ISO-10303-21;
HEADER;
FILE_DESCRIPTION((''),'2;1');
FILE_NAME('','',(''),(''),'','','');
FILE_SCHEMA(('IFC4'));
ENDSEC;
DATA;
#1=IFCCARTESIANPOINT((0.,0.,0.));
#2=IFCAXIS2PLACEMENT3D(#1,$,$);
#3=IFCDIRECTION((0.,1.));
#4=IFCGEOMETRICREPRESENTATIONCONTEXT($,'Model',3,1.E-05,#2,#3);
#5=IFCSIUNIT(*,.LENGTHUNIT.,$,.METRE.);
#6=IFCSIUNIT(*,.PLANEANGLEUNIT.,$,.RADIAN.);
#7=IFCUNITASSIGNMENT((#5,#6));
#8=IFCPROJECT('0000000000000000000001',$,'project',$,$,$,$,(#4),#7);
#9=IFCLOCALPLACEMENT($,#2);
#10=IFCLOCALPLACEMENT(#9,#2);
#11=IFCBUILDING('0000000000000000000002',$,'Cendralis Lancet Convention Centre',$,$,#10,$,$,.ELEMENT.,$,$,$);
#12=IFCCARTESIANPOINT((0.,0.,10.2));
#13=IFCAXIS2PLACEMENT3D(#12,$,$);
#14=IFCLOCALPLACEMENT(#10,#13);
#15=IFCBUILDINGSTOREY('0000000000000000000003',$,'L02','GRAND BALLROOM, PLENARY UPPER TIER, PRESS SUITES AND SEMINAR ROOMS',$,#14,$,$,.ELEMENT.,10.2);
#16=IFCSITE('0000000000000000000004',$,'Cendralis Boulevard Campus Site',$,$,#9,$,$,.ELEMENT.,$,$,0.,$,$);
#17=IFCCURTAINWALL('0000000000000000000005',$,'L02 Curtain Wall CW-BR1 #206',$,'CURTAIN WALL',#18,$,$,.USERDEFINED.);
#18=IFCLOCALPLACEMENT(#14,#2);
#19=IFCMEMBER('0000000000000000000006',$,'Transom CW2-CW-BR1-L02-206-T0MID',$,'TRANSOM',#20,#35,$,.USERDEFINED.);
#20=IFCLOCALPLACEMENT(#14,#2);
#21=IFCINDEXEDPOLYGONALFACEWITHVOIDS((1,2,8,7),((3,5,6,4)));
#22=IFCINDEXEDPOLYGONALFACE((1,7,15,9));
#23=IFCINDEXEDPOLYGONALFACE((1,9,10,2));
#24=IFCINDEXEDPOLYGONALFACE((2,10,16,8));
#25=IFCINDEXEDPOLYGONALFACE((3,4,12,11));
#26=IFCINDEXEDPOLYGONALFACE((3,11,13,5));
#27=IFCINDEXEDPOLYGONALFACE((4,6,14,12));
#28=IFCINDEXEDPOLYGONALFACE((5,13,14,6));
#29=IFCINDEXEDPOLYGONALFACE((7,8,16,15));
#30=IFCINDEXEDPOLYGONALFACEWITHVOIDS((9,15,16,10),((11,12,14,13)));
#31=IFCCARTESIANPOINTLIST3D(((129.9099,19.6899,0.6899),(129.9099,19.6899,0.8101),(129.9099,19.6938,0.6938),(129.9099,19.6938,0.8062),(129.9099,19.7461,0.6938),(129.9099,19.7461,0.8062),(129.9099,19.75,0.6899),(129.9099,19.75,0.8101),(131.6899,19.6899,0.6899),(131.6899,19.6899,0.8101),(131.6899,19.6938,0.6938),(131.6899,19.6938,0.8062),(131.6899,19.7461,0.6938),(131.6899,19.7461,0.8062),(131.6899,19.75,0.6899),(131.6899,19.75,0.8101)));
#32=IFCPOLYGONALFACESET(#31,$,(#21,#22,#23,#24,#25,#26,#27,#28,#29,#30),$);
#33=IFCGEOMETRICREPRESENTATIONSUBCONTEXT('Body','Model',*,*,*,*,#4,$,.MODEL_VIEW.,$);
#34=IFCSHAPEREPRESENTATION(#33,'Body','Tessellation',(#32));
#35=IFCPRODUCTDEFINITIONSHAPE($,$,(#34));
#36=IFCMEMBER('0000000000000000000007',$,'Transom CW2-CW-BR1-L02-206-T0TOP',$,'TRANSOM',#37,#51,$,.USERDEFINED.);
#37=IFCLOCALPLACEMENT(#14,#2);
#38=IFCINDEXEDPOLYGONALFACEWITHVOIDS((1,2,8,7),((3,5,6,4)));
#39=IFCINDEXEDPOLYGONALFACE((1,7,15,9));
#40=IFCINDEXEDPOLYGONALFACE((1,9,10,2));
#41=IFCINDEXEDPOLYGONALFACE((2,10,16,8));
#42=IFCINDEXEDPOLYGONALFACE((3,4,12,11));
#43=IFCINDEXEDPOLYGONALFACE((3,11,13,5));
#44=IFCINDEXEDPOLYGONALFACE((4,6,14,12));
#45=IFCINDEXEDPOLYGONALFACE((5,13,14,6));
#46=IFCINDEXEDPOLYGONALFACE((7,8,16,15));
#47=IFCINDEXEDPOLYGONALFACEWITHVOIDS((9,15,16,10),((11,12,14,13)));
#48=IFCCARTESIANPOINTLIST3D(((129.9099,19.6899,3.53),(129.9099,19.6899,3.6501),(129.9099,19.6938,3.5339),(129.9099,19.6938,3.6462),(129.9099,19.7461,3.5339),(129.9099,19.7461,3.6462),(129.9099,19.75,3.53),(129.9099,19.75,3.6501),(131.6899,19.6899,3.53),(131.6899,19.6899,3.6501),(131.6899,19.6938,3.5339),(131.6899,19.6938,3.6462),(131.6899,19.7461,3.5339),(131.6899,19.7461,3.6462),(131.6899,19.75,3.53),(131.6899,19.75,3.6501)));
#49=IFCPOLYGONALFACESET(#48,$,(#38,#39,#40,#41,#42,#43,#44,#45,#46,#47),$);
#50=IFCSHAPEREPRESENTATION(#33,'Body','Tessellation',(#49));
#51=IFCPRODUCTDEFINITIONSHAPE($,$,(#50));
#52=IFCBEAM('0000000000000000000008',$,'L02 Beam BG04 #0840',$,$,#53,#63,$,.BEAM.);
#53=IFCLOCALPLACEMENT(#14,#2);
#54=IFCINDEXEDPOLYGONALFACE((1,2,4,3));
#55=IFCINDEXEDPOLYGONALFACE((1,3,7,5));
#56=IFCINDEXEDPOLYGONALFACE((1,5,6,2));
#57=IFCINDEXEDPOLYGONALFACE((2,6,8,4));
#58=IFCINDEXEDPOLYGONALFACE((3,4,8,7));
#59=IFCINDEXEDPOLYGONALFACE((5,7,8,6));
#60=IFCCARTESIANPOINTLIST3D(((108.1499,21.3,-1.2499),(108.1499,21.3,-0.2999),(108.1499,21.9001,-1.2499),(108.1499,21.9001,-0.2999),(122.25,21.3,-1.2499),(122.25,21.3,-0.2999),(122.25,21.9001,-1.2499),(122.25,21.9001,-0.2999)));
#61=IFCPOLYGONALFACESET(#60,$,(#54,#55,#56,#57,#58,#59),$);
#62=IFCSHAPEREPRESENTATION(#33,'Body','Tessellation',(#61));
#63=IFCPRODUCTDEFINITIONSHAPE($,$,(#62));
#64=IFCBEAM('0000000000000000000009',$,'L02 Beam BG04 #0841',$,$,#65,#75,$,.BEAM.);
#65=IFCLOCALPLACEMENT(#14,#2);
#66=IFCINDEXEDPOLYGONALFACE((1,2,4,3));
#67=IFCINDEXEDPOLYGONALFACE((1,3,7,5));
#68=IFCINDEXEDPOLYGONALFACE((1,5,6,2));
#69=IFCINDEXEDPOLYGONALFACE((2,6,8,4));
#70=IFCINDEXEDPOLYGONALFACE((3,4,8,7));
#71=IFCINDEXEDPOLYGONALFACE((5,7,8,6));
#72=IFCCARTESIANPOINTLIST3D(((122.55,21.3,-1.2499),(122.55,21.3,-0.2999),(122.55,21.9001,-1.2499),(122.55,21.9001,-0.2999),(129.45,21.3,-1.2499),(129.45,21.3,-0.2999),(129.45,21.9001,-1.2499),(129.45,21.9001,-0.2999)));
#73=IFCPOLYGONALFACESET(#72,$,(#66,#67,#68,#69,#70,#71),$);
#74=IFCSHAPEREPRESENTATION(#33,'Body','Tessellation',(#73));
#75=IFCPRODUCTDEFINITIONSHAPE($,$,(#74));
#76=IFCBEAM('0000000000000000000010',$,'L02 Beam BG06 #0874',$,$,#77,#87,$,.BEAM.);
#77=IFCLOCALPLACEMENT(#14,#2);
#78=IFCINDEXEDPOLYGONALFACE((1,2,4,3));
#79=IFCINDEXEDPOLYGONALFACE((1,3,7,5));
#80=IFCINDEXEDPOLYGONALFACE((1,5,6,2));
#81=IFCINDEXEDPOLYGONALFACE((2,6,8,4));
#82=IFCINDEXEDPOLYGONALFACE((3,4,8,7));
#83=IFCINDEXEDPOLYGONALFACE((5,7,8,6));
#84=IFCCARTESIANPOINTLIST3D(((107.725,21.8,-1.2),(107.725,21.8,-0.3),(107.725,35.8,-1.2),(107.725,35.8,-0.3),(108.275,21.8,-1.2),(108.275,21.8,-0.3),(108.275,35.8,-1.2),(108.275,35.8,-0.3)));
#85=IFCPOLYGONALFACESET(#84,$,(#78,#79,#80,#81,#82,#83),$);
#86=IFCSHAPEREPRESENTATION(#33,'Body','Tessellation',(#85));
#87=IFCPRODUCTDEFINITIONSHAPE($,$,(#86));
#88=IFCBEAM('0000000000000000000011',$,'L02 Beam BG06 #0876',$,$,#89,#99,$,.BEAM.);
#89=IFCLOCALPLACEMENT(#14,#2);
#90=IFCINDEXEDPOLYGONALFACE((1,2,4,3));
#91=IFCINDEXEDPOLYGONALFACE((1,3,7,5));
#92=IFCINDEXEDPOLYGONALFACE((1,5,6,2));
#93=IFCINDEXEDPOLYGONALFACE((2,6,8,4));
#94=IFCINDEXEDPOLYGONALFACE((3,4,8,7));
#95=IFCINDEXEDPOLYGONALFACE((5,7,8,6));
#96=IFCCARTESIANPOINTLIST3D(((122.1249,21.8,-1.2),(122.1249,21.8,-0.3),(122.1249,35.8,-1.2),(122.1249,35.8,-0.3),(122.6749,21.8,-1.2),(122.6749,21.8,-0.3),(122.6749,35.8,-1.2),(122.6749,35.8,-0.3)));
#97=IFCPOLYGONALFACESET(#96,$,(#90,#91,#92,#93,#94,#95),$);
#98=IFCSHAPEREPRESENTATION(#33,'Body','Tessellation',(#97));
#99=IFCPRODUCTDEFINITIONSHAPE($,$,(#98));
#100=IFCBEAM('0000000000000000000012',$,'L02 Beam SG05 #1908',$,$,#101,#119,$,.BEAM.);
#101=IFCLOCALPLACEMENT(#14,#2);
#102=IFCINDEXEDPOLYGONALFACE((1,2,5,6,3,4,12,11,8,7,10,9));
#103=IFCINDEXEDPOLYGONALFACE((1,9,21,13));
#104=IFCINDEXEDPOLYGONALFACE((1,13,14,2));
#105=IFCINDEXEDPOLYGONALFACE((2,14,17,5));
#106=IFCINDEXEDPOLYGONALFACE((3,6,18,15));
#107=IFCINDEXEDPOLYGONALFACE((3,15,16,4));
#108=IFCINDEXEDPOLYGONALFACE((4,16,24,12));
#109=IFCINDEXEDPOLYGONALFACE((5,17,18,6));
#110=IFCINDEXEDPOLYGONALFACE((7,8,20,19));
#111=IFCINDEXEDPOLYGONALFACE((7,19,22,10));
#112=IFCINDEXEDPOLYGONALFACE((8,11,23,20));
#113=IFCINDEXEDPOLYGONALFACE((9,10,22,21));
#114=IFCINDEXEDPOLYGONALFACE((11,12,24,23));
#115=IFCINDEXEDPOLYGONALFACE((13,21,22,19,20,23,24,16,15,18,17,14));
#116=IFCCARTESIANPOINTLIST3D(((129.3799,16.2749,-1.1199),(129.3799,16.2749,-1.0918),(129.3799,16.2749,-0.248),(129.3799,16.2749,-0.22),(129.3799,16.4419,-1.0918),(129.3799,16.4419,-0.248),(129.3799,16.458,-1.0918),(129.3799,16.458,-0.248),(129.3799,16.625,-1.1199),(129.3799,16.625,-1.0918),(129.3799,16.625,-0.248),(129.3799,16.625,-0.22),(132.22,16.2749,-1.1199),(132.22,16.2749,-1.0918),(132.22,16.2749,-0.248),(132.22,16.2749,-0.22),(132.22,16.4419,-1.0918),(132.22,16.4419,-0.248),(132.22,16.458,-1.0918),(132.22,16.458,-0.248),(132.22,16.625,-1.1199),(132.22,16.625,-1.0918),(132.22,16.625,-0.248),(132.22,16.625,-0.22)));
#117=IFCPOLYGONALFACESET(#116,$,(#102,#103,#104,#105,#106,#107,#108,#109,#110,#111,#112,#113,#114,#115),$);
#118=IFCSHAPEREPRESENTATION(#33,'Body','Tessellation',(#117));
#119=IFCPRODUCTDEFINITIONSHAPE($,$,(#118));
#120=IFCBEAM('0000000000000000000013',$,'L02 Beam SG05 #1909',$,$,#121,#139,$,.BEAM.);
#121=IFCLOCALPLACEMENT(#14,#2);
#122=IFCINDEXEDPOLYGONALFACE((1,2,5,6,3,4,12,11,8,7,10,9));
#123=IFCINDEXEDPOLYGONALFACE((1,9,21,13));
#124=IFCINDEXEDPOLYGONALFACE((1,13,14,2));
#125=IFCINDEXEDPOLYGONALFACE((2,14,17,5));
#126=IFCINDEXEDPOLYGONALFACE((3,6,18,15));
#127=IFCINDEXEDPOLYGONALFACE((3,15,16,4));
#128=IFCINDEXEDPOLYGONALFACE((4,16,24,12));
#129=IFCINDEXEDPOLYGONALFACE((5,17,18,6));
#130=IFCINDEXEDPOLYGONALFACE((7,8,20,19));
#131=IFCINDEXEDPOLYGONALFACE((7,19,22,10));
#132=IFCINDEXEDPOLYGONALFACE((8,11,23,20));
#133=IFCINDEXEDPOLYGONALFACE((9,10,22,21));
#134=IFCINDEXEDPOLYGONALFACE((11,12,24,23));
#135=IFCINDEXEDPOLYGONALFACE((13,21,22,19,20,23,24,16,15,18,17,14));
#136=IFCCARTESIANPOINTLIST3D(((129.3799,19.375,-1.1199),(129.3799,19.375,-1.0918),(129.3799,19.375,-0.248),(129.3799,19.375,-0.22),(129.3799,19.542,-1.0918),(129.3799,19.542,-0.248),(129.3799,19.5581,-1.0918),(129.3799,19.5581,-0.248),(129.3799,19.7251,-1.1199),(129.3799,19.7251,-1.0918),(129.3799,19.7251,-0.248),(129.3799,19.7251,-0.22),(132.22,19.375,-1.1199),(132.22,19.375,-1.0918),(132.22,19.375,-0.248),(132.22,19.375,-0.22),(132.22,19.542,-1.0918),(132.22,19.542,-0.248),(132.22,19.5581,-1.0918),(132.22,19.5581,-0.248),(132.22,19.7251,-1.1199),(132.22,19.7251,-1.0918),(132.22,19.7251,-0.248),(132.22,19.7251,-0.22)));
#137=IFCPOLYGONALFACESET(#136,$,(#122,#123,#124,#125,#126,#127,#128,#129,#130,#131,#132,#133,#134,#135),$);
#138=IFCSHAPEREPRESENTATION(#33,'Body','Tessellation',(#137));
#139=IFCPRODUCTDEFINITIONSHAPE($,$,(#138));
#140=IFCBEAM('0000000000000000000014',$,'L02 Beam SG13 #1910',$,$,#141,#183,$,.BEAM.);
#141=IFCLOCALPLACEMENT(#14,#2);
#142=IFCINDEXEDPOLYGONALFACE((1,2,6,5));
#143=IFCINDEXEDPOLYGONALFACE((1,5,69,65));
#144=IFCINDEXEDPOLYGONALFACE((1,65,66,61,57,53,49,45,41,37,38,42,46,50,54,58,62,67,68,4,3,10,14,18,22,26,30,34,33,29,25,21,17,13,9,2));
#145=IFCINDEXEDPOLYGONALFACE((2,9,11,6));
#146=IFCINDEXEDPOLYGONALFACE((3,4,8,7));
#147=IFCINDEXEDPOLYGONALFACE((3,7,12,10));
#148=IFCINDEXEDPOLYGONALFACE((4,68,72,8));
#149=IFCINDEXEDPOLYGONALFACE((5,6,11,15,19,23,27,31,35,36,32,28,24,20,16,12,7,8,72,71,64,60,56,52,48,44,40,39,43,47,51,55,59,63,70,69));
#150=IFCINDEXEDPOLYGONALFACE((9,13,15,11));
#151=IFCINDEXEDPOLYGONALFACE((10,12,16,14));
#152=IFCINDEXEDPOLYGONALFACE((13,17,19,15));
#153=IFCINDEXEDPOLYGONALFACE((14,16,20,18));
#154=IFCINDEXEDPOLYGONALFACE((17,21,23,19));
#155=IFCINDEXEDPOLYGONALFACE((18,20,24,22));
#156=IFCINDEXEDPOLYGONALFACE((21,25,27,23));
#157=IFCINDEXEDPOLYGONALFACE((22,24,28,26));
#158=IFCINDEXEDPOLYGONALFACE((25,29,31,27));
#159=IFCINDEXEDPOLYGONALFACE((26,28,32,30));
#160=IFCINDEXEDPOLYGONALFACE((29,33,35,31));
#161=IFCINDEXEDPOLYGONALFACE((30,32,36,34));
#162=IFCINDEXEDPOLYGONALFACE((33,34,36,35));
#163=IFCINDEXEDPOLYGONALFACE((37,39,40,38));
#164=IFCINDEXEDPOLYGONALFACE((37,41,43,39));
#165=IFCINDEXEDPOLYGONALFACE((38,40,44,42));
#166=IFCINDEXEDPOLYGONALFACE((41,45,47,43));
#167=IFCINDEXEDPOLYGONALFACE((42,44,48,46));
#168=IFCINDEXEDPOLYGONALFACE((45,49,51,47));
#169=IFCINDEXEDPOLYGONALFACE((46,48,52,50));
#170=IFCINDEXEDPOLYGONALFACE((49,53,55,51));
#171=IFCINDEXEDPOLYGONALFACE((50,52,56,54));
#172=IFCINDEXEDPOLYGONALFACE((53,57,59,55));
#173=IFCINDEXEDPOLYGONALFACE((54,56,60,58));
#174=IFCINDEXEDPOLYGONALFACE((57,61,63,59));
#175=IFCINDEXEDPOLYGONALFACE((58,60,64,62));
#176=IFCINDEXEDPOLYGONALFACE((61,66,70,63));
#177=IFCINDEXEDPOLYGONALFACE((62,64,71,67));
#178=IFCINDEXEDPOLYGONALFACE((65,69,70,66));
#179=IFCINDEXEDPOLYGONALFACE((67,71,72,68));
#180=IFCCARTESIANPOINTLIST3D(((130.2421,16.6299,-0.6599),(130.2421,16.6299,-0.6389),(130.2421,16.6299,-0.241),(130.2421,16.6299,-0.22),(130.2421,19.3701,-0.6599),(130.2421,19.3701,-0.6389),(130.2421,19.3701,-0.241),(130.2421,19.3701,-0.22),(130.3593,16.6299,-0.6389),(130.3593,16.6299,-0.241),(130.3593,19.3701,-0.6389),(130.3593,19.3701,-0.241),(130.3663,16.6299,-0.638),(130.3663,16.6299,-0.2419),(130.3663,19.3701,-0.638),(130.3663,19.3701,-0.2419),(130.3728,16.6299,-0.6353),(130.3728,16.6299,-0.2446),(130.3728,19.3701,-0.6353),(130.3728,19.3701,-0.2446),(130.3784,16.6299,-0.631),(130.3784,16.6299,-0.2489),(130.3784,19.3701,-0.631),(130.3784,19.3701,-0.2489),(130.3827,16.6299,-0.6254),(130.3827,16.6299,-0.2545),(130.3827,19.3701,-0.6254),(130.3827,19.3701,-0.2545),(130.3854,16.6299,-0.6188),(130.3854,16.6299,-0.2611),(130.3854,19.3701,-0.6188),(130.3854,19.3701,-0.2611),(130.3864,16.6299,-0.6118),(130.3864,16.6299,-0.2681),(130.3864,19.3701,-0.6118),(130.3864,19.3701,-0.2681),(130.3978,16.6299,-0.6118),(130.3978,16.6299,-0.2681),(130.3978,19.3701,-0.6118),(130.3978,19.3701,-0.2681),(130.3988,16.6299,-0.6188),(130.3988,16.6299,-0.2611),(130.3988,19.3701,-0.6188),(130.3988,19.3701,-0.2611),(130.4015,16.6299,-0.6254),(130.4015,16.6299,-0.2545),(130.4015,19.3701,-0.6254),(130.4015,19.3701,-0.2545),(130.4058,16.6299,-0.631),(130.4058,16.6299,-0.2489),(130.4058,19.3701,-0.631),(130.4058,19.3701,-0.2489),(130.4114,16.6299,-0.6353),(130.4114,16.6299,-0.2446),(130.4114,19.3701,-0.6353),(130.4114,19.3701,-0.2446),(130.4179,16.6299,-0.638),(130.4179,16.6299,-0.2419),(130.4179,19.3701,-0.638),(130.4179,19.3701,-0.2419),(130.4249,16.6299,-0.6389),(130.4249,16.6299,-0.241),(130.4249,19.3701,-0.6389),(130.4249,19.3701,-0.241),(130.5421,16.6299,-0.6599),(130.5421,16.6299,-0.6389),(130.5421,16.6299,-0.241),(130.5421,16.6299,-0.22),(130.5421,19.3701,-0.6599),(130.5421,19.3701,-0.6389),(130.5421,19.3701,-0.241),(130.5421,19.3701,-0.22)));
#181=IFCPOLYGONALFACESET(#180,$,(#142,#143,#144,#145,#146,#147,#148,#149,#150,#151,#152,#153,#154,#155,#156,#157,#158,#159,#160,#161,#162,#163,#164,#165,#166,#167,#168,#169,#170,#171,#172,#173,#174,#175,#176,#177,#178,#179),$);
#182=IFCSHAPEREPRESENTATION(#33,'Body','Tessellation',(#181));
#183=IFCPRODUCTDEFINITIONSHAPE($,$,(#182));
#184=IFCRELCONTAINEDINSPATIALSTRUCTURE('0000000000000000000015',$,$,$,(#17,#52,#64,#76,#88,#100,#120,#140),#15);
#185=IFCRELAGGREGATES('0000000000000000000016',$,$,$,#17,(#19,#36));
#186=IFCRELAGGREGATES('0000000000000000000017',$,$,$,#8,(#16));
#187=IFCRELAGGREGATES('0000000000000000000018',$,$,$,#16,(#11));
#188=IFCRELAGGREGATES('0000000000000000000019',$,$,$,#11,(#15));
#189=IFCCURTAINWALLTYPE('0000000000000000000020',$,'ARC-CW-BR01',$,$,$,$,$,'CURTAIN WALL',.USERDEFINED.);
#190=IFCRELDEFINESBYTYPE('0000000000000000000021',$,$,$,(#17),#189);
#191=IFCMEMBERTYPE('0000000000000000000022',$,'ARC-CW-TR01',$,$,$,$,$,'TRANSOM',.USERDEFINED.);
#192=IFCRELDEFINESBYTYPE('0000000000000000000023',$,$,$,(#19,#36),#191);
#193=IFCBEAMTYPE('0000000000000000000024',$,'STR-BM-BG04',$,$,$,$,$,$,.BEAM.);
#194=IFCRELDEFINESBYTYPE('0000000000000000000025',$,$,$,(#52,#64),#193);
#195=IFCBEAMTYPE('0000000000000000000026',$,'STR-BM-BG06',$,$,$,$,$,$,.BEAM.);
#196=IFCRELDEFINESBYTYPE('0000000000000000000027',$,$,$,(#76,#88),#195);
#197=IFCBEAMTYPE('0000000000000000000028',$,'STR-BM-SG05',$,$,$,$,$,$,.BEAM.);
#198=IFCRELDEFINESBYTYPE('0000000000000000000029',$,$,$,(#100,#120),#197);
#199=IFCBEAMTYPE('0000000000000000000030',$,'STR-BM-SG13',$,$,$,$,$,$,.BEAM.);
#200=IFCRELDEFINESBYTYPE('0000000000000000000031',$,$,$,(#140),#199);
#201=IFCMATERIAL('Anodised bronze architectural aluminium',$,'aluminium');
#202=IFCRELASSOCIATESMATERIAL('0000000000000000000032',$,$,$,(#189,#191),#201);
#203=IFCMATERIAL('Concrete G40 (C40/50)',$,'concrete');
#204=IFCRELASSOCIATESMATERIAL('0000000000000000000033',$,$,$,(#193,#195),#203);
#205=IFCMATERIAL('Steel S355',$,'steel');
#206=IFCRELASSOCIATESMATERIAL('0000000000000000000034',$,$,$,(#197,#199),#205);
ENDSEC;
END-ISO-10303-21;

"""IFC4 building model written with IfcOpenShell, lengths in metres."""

from ifc_helpers import new_model, si_unit, direction, frame, origin, origin_2d, place, context, subcontext, project, spatial, rectangle, hollow_rectangle, i_section, extrude, material, material_profile, profile_set, type_object, element, aggregate, save


model = new_model("IFC4")

# Units and contexts
model_context = context("Model", 3, precision=1e-05, world=origin(), true_north=direction((0.0, 1.0)))
body_context = subcontext(model_context, "Body", "Model", "MODEL_VIEW")
ifc_project = project(units=[si_unit("LENGTHUNIT", "METRE"), si_unit("PLANEANGLEUNIT", "RADIAN")], contexts=[model_context])

# Site, building, storey
site_placement = place(None, origin())
site = spatial("IfcSite", under=ifc_project, at=site_placement, Name="Cendralis Boulevard Campus Site", CompositionType="ELEMENT", RefElevation=0.0)
building_placement = place(site_placement, origin())
building = spatial("IfcBuilding", under=site, at=building_placement, Name="Cendralis Lancet Convention Centre", CompositionType="ELEMENT")
storey_placement = place(building_placement, frame((0.0, 0.0, 10.2)))
storey = spatial("IfcBuildingStorey", under=building, at=storey_placement, Name="L02", Description="GRAND BALLROOM, PLENARY UPPER TIER, PRESS SUITES AND SEMINAR ROOMS", CompositionType="ELEMENT", Elevation=10.2)

# Shared definitions
ifc_material_1 = material(Name="Steel S355", Category="steel")

# Curtain wall
ifc_material_2 = material(Name="Anodised bronze architectural aluminium", Category="aluminium")
curtain_wall_type = type_object("IfcCurtainWallType", Name="ARC-CW-BR01", ElementType="CURTAIN WALL", PredefinedType="USERDEFINED", material=ifc_material_2)
curtain_wall_1_placement = place(storey_placement, origin())
curtain_wall_1 = element("IfcCurtainWall", 1, at=curtain_wall_1_placement, inside=storey, type_object=curtain_wall_type, Name="L02 Curtain Wall CW-BR1 #206", ObjectType="CURTAIN WALL", PredefinedType="USERDEFINED")

# Shared definitions
ifc_material_profile_1 = material_profile(ifc_material_2, hollow_rectangle(XDim=0.0601, YDim=0.1201, WallThickness=0.0039, at=origin_2d()), Name="AL-TRAN 60x120x4.0")
ifc_profile_set_1 = profile_set([ifc_material_profile_1], Name="Anodised bronze architectural aluminium")
member_type_1 = type_object("IfcMemberType", Name="ARC-CW-TR01", ElementType="TRANSOM", PredefinedType="USERDEFINED", material=ifc_profile_set_1)

# Members
member_1_placement = place(storey_placement, frame((129.9099, 19.72, 0.75), z_axis=(1.0, 0.0, 0.0), x_axis=(0.0, 1.0, 0.0)))
member_1 = element("IfcMember", 2, at=member_1_placement, type_object=member_type_1, Name="Transom CW2-CW-BR1-L02-206-T0MID", ObjectType="TRANSOM", PredefinedType="USERDEFINED", context=body_context, shape_type="SweptSolid", body=[
    extrude(hollow_rectangle(XDim=0.0601, YDim=0.1201, WallThickness=0.0039, at=origin_2d()), origin(), (0.0, 0.0, 1.0), 1.78),
])
member_2_placement = place(storey_placement, frame((129.9099, 19.72, 3.5901), z_axis=(1.0, 0.0, 0.0), x_axis=(0.0, 1.0, 0.0)))
member_2 = element("IfcMember", 3, at=member_2_placement, type_object=member_type_1, Name="Transom CW2-CW-BR1-L02-206-T0TOP", ObjectType="TRANSOM", PredefinedType="USERDEFINED", context=body_context, shape_type="SweptSolid", body=[
    extrude(hollow_rectangle(XDim=0.0601, YDim=0.1201, WallThickness=0.0039, at=origin_2d()), origin(), (0.0, 0.0, 1.0), 1.78),
])
aggregate(curtain_wall_1, [member_1, member_2])

# Beams
ifc_material_3 = material(Name="Concrete G40 (C40/50)", Category="concrete")
ifc_material_profile_2 = material_profile(ifc_material_3, rectangle(XDim=0.6001, YDim=0.95, at=origin_2d()), Name="RCB 600x950")
ifc_profile_set_2 = profile_set([ifc_material_profile_2], Name="Concrete G40 (C40/50)")
beam_type_1 = type_object("IfcBeamType", Name="STR-BM-BG04", PredefinedType="BEAM", material=ifc_profile_set_2)
beam_1_placement = place(storey_placement, frame((108.1499, 21.6001, -0.7749), z_axis=(1.0, 0.0, 0.0), x_axis=(0.0, 1.0, 0.0)))
element("IfcBeam", 4, at=beam_1_placement, inside=storey, type_object=beam_type_1, Name="L02 Beam BG04 #0840", PredefinedType="BEAM", context=body_context, shape_type="SweptSolid", body=[
    extrude(rectangle(XDim=0.6001, YDim=0.95, at=origin_2d()), origin(), (0.0, 0.0, 1.0), 14.1001),
])
beam_2_placement = place(storey_placement, frame((122.55, 21.6001, -0.7749), z_axis=(1.0, 0.0, 0.0), x_axis=(0.0, 1.0, 0.0)))
element("IfcBeam", 5, at=beam_2_placement, inside=storey, type_object=beam_type_1, Name="L02 Beam BG04 #0841", PredefinedType="BEAM", context=body_context, shape_type="SweptSolid", body=[
    extrude(rectangle(XDim=0.6001, YDim=0.95, at=origin_2d()), origin(), (0.0, 0.0, 1.0), 6.8999),
])
ifc_material_profile_3 = material_profile(ifc_material_3, rectangle(XDim=0.55, YDim=0.8999, at=origin_2d()), Name="RCB 550x900")
ifc_profile_set_3 = profile_set([ifc_material_profile_3], Name="Concrete G40 (C40/50)")
beam_type_2 = type_object("IfcBeamType", Name="STR-BM-BG06", PredefinedType="BEAM", material=ifc_profile_set_3)
for number, where, z_axis, x_axis, name in (
    (6, (108.0, 21.8, -0.75), (0.0, 1.0, 0.0), (-1.0, 0.0, 0.0), "L02 Beam BG06 #0874"),
    (7, (122.3999, 21.8, -0.75), (0.0, 1.0, 0.0), (-1.0, 0.0, 0.0), "L02 Beam BG06 #0876"),
):
    element("IfcBeam", number, at=place(storey_placement, frame(where, z_axis=z_axis, x_axis=x_axis)), inside=storey, type_object=beam_type_2, Name=name, PredefinedType="BEAM", context=body_context, shape_type="SweptSolid", body=[
        extrude(rectangle(XDim=0.55, YDim=0.8999, at=origin_2d()), origin(), (0.0, 0.0, 1.0), 14.0),
    ])
ifc_material_profile_4 = material_profile(ifc_material_1, i_section(OverallWidth=0.3501, OverallDepth=0.8999, WebThickness=0.0161, FlangeThickness=0.0281, at=origin_2d()), Name="PG 900x350")
ifc_profile_set_4 = profile_set([ifc_material_profile_4], Name="Steel S355")
beam_type_3 = type_object("IfcBeamType", Name="STR-BM-SG05", PredefinedType="BEAM", material=ifc_profile_set_4)
for number, where, z_axis, x_axis, name in (
    (8, (129.3799, 16.45, -0.6699), (1.0, 0.0, 0.0), (0.0, 1.0, 0.0), "L02 Beam SG05 #1908"),
    (9, (129.3799, 19.55, -0.6699), (1.0, 0.0, 0.0), (0.0, 1.0, 0.0), "L02 Beam SG05 #1909"),
):
    element("IfcBeam", number, at=place(storey_placement, frame(where, z_axis=z_axis, x_axis=x_axis)), inside=storey, type_object=beam_type_3, Name=name, PredefinedType="BEAM", context=body_context, shape_type="SweptSolid", body=[
        extrude(i_section(OverallWidth=0.3501, OverallDepth=0.8999, WebThickness=0.0161, FlangeThickness=0.0281, at=origin_2d()), origin(), (0.0, 0.0, 1.0), 2.8401),
    ])
ifc_material_profile_5 = material_profile(ifc_material_1, i_section(OverallWidth=0.3, OverallDepth=0.4399, WebThickness=0.0115, FlangeThickness=0.021, FilletRadius=0.0271, at=origin_2d()), Name="HEA 450")
ifc_profile_set_5 = profile_set([ifc_material_profile_5], Name="Steel S355")
beam_type_4 = type_object("IfcBeamType", Name="STR-BM-SG13", PredefinedType="BEAM", material=ifc_profile_set_5)
beam_3_placement = place(storey_placement, frame((130.3921, 16.6299, -0.4399), z_axis=(0.0, 1.0, 0.0), x_axis=(-1.0, 0.0, 0.0)))
element("IfcBeam", 10, at=beam_3_placement, inside=storey, type_object=beam_type_4, Name="L02 Beam SG13 #1910", PredefinedType="BEAM", context=body_context, shape_type="SweptSolid", body=[
    extrude(i_section(OverallWidth=0.3, OverallDepth=0.4399, WebThickness=0.0115, FlangeThickness=0.021, FilletRadius=0.0271, at=origin_2d()), origin(), (0.0, 0.0, 1.0), 2.7402),
])

save(model, "model.ifc")
